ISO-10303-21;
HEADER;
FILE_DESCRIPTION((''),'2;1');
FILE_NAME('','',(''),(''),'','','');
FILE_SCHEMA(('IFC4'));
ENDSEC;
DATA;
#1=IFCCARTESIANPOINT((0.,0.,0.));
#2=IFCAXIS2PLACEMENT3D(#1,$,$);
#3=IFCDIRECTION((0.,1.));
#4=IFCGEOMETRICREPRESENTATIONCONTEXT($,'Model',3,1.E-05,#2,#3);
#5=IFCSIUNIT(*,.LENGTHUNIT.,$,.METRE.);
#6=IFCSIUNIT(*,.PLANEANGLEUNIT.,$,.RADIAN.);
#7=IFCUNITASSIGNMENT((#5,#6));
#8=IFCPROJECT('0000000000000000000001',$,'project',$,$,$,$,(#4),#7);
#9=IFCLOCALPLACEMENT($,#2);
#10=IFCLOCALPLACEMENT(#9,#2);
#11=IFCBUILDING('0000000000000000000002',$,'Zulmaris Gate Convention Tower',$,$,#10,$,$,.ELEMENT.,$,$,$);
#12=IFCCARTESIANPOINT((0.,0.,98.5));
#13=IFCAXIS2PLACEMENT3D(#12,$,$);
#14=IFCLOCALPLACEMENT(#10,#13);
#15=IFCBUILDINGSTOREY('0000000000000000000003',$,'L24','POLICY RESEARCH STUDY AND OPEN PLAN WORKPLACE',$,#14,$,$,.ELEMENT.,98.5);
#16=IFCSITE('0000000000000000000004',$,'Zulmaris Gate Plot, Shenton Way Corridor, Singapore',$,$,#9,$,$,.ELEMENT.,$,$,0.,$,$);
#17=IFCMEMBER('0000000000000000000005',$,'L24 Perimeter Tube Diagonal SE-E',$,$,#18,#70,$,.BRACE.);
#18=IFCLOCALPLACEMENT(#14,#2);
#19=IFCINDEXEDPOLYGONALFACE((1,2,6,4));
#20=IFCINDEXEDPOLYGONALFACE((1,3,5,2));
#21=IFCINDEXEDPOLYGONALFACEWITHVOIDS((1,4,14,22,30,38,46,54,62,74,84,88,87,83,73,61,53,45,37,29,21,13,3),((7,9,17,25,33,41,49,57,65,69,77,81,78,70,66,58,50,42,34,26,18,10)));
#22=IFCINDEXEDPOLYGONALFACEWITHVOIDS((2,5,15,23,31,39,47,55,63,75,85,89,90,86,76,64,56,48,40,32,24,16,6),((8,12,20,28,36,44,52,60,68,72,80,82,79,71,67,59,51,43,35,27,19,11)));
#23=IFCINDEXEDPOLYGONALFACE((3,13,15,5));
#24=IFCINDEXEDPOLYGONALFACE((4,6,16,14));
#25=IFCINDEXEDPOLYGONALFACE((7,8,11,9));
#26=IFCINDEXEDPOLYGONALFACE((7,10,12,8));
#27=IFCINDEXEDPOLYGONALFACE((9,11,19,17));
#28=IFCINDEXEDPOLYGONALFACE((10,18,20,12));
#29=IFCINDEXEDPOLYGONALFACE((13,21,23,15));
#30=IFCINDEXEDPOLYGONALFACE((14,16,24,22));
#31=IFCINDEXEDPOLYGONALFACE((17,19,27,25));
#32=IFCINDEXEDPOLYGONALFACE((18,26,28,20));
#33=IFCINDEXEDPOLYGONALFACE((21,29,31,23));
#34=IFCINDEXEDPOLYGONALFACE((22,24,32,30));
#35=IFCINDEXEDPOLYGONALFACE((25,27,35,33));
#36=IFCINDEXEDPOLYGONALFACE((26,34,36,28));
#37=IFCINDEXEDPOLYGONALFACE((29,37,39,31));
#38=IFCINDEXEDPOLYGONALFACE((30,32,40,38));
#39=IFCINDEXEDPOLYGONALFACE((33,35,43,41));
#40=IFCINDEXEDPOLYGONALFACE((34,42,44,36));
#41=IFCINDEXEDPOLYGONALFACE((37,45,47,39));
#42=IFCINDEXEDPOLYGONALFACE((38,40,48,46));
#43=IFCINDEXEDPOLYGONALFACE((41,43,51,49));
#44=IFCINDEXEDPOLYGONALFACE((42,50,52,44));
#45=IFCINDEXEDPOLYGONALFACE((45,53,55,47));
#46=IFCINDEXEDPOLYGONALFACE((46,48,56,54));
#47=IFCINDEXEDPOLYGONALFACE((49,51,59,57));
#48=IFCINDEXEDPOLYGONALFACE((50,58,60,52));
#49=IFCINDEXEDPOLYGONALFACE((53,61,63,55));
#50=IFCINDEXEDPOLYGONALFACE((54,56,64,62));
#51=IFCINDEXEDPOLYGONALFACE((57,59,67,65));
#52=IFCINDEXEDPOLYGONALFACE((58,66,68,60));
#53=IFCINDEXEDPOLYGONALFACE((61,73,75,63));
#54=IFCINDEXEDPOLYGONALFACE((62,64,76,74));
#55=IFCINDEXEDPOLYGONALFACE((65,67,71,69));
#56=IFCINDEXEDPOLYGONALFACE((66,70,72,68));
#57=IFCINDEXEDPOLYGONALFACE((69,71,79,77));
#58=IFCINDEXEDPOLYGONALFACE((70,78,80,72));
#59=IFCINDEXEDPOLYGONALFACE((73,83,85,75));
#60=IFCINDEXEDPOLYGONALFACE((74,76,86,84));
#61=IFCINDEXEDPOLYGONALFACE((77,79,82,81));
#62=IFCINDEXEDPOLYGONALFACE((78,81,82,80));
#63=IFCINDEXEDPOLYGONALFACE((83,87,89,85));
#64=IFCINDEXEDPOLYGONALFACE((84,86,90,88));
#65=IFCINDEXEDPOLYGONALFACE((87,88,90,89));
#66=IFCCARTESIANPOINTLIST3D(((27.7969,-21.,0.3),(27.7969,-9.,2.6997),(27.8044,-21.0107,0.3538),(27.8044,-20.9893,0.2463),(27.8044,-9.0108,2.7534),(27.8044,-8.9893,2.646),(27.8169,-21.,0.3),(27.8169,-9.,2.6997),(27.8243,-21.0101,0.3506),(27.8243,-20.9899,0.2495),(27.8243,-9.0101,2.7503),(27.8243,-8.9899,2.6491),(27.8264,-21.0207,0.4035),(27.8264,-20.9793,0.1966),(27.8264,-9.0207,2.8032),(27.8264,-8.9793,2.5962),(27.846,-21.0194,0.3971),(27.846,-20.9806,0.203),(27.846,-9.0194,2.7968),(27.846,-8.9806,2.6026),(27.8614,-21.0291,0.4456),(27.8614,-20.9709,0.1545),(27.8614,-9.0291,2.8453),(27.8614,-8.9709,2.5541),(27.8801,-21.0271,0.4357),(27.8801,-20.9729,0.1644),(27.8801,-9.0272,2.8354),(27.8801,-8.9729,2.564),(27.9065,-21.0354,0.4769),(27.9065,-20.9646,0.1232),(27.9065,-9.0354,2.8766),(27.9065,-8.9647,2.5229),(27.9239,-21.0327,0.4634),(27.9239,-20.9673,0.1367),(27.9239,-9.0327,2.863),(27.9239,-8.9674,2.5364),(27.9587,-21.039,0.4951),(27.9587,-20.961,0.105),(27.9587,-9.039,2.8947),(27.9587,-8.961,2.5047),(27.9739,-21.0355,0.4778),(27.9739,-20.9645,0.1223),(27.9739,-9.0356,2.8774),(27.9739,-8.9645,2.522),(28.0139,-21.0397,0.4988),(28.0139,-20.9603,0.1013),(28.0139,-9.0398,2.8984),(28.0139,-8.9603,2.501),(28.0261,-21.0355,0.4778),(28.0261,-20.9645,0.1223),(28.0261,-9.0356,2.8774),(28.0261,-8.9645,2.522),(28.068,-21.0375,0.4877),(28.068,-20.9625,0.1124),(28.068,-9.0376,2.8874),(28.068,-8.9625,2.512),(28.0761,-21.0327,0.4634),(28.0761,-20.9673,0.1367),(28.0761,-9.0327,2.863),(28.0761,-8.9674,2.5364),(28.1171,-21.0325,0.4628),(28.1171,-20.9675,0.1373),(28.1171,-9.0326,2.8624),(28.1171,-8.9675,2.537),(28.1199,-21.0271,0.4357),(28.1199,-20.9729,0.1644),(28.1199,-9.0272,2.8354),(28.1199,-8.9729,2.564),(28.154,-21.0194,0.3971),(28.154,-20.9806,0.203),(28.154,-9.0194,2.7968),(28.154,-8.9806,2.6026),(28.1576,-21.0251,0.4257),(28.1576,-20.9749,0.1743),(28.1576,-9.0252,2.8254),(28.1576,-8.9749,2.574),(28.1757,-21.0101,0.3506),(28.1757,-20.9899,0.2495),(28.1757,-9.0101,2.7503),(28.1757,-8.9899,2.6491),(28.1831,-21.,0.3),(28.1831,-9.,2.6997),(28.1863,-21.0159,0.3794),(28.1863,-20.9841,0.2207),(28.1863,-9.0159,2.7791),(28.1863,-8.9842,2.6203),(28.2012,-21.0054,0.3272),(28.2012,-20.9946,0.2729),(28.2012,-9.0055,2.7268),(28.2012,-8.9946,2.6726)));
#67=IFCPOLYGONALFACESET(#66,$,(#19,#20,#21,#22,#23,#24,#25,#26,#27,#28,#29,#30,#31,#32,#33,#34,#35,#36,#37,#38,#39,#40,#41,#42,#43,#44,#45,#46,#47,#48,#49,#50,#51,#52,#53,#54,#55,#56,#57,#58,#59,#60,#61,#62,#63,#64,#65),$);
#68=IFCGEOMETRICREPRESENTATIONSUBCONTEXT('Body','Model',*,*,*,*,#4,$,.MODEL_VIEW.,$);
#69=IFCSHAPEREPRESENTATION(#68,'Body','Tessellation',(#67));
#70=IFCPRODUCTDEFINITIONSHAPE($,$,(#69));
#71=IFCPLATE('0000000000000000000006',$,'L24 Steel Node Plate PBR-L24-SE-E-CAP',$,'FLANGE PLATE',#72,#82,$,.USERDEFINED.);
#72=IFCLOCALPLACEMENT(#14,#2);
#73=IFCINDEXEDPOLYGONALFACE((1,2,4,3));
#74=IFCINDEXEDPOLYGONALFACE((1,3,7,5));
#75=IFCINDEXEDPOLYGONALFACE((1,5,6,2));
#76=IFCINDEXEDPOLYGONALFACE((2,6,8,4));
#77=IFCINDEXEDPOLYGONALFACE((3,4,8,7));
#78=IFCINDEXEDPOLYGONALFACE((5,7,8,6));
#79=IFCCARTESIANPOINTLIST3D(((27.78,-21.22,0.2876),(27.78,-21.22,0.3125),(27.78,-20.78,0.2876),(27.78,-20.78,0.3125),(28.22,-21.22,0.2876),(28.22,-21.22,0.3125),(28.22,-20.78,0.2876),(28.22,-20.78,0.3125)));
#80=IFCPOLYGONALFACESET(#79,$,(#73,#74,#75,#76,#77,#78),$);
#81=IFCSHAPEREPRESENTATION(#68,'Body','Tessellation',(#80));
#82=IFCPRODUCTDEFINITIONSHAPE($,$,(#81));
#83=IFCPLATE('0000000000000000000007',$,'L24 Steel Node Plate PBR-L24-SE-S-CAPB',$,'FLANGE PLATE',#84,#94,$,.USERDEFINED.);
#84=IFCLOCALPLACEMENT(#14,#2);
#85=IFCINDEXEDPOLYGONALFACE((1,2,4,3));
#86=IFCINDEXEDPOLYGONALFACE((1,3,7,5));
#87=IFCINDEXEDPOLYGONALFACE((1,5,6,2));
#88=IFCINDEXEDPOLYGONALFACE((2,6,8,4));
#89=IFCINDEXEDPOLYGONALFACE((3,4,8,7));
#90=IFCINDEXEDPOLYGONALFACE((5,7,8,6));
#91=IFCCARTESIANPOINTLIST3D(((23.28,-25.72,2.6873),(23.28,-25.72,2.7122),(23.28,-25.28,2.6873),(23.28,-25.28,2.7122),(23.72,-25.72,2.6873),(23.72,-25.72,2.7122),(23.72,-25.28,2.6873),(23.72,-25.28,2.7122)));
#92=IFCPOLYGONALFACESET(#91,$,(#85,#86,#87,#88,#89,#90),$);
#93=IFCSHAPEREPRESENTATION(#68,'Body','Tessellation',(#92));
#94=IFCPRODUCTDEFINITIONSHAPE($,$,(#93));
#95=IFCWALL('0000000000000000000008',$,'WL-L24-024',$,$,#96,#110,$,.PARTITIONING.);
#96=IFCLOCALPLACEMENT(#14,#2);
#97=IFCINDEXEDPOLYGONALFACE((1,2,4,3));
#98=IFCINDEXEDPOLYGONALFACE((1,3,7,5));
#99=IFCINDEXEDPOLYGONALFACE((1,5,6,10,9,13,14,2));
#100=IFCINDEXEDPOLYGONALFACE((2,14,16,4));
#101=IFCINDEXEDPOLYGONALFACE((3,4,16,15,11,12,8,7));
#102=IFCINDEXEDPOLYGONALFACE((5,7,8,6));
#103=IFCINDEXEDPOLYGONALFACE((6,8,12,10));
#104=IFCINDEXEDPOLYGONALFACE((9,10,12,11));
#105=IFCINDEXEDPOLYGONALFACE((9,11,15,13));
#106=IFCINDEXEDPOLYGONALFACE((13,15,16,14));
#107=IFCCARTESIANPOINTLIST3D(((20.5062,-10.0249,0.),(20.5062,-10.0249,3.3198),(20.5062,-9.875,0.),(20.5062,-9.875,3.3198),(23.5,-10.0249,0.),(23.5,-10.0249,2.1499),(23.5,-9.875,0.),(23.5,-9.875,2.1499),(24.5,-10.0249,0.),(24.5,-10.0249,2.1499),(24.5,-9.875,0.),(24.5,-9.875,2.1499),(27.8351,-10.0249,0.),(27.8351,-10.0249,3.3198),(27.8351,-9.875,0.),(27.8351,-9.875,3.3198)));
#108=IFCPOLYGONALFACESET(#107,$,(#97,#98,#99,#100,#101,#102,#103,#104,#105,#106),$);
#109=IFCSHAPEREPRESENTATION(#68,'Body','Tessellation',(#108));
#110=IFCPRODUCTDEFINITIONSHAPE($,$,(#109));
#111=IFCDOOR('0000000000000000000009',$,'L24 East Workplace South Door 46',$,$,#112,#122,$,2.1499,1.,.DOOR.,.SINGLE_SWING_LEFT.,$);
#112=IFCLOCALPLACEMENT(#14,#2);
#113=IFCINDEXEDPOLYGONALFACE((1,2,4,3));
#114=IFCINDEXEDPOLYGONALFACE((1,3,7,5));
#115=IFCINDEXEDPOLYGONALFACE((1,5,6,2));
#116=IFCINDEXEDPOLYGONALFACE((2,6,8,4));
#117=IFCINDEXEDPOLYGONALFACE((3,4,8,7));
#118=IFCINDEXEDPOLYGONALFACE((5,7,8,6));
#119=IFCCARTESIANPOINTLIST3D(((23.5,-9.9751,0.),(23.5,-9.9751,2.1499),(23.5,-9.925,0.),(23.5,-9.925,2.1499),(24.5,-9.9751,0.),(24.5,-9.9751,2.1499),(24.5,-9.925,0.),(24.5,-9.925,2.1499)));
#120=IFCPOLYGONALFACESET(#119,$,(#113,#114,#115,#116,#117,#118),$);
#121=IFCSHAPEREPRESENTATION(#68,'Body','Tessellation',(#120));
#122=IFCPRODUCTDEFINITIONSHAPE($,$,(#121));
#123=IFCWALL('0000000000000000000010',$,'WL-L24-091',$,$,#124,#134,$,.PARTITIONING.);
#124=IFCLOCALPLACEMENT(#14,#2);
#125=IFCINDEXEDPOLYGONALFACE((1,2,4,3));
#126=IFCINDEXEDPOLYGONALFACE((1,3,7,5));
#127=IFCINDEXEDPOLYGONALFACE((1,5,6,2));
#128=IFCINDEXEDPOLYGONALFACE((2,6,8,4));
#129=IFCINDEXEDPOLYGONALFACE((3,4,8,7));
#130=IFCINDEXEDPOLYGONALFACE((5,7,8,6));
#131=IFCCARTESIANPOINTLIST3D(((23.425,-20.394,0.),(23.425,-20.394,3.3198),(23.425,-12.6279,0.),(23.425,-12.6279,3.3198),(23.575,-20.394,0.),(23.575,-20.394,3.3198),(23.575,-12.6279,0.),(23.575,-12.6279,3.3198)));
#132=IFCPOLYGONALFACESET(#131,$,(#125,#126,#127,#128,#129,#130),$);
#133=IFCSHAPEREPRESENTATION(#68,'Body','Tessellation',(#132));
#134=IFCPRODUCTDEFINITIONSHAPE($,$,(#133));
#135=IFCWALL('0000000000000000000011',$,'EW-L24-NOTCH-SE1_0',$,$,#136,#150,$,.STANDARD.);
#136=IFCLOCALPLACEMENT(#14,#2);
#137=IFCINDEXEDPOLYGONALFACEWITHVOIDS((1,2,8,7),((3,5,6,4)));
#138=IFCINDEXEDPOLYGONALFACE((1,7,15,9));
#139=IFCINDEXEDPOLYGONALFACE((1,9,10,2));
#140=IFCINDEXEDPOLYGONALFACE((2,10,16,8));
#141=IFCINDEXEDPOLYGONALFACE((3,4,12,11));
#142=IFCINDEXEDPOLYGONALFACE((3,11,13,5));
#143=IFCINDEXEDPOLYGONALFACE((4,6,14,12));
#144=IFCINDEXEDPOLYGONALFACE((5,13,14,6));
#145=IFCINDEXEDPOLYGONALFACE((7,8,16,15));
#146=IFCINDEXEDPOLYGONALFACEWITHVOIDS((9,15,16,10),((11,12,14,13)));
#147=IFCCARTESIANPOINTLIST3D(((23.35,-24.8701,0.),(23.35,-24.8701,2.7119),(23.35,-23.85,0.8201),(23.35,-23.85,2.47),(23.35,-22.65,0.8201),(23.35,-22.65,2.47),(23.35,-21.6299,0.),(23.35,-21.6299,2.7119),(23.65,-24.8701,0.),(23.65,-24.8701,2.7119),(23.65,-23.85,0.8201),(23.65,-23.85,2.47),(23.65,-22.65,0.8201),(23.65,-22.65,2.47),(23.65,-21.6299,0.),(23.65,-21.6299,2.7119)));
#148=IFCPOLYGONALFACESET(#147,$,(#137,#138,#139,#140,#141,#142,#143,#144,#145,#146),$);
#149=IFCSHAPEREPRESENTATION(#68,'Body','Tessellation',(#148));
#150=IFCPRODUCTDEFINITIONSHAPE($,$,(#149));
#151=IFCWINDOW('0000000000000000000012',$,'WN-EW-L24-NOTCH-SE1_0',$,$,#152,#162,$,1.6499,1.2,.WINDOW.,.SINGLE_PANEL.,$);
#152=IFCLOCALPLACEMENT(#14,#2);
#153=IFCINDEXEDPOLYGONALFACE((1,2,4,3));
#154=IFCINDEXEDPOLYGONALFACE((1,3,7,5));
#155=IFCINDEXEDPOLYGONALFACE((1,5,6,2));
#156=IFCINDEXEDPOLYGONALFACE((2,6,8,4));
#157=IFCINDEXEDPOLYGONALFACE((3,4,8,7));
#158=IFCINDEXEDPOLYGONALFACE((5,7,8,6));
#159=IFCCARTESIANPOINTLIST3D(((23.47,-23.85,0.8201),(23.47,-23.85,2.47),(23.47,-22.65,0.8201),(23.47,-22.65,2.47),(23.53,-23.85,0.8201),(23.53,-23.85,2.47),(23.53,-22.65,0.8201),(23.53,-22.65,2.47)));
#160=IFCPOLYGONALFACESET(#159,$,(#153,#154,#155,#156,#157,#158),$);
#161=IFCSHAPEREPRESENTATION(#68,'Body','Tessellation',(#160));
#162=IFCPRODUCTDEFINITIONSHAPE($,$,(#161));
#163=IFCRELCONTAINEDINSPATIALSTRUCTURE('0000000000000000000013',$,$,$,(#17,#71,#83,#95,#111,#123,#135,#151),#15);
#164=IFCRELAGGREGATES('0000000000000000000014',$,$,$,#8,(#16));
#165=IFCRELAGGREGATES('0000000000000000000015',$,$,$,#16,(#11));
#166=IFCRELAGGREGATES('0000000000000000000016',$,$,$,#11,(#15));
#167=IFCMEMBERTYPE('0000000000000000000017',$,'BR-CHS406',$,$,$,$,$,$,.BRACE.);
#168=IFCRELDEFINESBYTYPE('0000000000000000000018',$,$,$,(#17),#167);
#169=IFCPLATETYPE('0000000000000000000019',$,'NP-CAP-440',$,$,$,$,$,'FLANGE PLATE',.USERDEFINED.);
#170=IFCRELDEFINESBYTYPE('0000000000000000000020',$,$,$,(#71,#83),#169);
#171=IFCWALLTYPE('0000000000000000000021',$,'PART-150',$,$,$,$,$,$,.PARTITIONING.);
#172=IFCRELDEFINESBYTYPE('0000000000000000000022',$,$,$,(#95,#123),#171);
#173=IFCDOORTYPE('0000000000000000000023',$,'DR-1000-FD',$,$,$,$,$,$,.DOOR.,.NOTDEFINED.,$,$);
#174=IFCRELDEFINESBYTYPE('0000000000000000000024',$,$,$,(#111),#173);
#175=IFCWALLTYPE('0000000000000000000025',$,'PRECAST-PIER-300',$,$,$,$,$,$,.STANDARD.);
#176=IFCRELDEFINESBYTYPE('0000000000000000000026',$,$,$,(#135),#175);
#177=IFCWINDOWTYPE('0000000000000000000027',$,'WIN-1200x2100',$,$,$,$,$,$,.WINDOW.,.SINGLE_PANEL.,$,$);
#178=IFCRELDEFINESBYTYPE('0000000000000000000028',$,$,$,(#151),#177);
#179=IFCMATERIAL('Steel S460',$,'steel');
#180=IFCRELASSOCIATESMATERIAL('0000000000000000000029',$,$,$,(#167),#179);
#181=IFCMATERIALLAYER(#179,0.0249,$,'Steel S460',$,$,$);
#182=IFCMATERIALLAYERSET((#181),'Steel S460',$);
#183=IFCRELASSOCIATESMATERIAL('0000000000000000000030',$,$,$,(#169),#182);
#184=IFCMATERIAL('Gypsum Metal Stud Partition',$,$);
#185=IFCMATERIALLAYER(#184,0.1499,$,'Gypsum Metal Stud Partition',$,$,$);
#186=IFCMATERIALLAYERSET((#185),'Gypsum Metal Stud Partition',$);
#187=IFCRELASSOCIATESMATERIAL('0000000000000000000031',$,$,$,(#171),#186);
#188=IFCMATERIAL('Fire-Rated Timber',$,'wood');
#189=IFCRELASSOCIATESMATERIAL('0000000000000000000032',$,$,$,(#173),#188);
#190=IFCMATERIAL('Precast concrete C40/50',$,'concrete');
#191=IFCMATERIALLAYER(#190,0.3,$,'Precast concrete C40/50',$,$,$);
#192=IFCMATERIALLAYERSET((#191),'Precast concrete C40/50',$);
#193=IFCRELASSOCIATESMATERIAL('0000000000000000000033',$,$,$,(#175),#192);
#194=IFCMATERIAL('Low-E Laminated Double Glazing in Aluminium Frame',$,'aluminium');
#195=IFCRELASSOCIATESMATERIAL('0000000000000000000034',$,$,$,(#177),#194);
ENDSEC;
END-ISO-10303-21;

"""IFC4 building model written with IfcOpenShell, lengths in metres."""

from ifc_helpers import new_model, si_unit, direction, frame, frame_2d, origin, origin_2d, place, context, subcontext, project, spatial, rectangle, hollow_circle, extrude, material, layer, layer_set, material_profile, profile_set, type_object, element, fill, save


model = new_model("IFC4")

# Units and contexts
model_context = context("Model", 3, precision=1e-05, world=origin(), true_north=direction((0.0, 1.0)))
body_context = subcontext(model_context, "Body", "Model", "MODEL_VIEW")
ifc_project = project(units=[si_unit("LENGTHUNIT", "METRE"), si_unit("PLANEANGLEUNIT", "RADIAN")], contexts=[model_context])

# Site, building, storey
site_placement = place(None, origin())
site = spatial("IfcSite", under=ifc_project, at=site_placement, Name="Zulmaris Gate Plot, Shenton Way Corridor, Singapore", CompositionType="ELEMENT", RefElevation=0.0)
building_placement = place(site_placement, origin())
building = spatial("IfcBuilding", under=site, at=building_placement, Name="Zulmaris Gate Convention Tower", CompositionType="ELEMENT")
storey_placement = place(building_placement, frame((0.0, 0.0, 98.5)))
storey = spatial("IfcBuildingStorey", under=building, at=storey_placement, Name="L24", Description="POLICY RESEARCH STUDY AND OPEN PLAN WORKPLACE", CompositionType="ELEMENT", Elevation=98.5)

# Member
ifc_material_1 = material(Name="Steel S460", Category="steel")
ifc_material_profile_1 = material_profile(ifc_material_1, hollow_circle(Radius=0.2031, WallThickness=0.02, at=origin_2d()), Name="CHS 406.4x20")
ifc_profile_set_1 = profile_set([ifc_material_profile_1], Name="Steel S460")
member_type = type_object("IfcMemberType", Name="BR-CHS406", PredefinedType="BRACE", material=ifc_profile_set_1)
member_placement = place(storey_placement, frame((28.0, -21.0, 0.3), z_axis=(0.0, 0.980586, 0.196089), x_axis=(-1.0, 0.0, 0.0)))
element("IfcMember", 1, at=member_placement, inside=storey, type_object=member_type, Name="L24 Perimeter Tube Diagonal SE-E", PredefinedType="BRACE", context=body_context, shape_type="SweptSolid", body=[
    extrude(hollow_circle(Radius=0.2031, WallThickness=0.02, at=origin_2d()), origin(), (0.0, 0.0, 1.0), 12.2375),
])

# Plates
ifc_layer_1 = layer(ifc_material_1, 0.0249, Name="Steel S460")
ifc_layer_set_1 = layer_set([ifc_layer_1], Name="Steel S460")
plate_type = type_object("IfcPlateType", Name="NP-CAP-440", ElementType="FLANGE PLATE", PredefinedType="USERDEFINED", material=ifc_layer_set_1)
for number, where, z_axis, x_axis, name in (
    (2, (28.0, -21.0, 0.2876), (0.0, 0.0, 1.0), (1.0, 0.0, 0.0), "L24 Steel Node Plate PBR-L24-SE-E-CAP"),
    (3, (23.5, -25.5, 2.6873), (0.0, 0.0, 1.0), (1.0, 0.0, 0.0), "L24 Steel Node Plate PBR-L24-SE-S-CAPB"),
):
    element("IfcPlate", number, at=place(storey_placement, frame(where, z_axis=z_axis, x_axis=x_axis)), inside=storey, type_object=plate_type, Name=name, ObjectType="FLANGE PLATE", PredefinedType="USERDEFINED", context=body_context, shape_type="SweptSolid", body=[
        extrude(rectangle(XDim=0.4399, YDim=0.4399, at=origin_2d()), origin(), (0.0, 0.0, 1.0), 0.0249),
    ])

# Wall, opening, door
ifc_material_2 = material(Name="Gypsum Metal Stud Partition")
ifc_layer_2 = layer(ifc_material_2, 0.1499, Name="Gypsum Metal Stud Partition")
ifc_layer_set_2 = layer_set([ifc_layer_2], Name="Gypsum Metal Stud Partition")
wall_type_1 = type_object("IfcWallType", Name="PART-150", PredefinedType="PARTITIONING", material=ifc_layer_set_2)
wall_1_placement = place(storey_placement, frame((20.5061, -9.95, 0.0), z_axis=(0.0, 0.0, 1.0), x_axis=(1.0, 0.0, 0.0)))
wall_1 = element("IfcWall", 4, at=wall_1_placement, inside=storey, type_object=wall_type_1, Name="WL-L24-024", PredefinedType="PARTITIONING", context=body_context, shape_type="SweptSolid", body=[
    extrude(rectangle(XDim=7.3289, YDim=0.1499, at=frame_2d((3.6646, 0.0))), origin(), (0.0, 0.0, 1.0), 3.3198),
])
opening_1_placement = place(wall_1_placement, frame((2.9939, 0.0, 0.0)))
opening_1 = element("IfcOpeningElement", 5, at=opening_1_placement, cuts=wall_1, PredefinedType="OPENING", context=body_context, shape_type="SweptSolid", body=[
    extrude(rectangle(XDim=1.0, YDim=2.1499, at=frame_2d((0.5, 1.075))), frame((0.0, 0.085, 0.0), z_axis=(0.0, -1.0, 0.0), x_axis=(1.0, 0.0, 0.0)), (0.0, 0.0, 1.0), 0.1699),
])
ifc_material_3 = material(Name="Fire-Rated Timber", Category="wood")
door_type_1 = type_object("IfcDoorType", Name="DR-1000-FD", OperationType="NOTDEFINED", PredefinedType="DOOR", material=ifc_material_3)
door_1_placement = place(opening_1_placement, origin())
door_1 = element("IfcDoor", 6, at=door_1_placement, inside=storey, type_object=door_type_1, Name="L24 East Workplace South Door 46", OperationType="SINGLE_SWING_LEFT", OverallHeight=2.1499, OverallWidth=1.0, PredefinedType="DOOR", context=body_context, shape_type="SweptSolid", body=[
    extrude(rectangle(XDim=1.0, YDim=2.1499, at=frame_2d((0.5, 1.075))), frame((0.0, 0.0249, 0.0), z_axis=(0.0, -1.0, 0.0), x_axis=(1.0, 0.0, 0.0)), (0.0, 0.0, 1.0), 0.05),
])
fill(opening_1, door_1)

# Wall
wall_2_placement = place(storey_placement, frame((23.5, -20.394, 0.0), z_axis=(0.0, 0.0, 1.0), x_axis=(0.0, 1.0, 0.0)))
element("IfcWall", 7, at=wall_2_placement, inside=storey, type_object=wall_type_1, Name="WL-L24-091", PredefinedType="PARTITIONING", context=body_context, shape_type="SweptSolid", body=[
    extrude(rectangle(XDim=7.7661, YDim=0.1499, at=frame_2d((3.8831, 0.0))), origin(), (0.0, 0.0, 1.0), 3.3198),
])

# Wall, opening, window
ifc_material_4 = material(Name="Precast concrete C40/50", Category="concrete")
ifc_layer_3 = layer(ifc_material_4, 0.3, Name="Precast concrete C40/50")
ifc_layer_set_3 = layer_set([ifc_layer_3], Name="Precast concrete C40/50")
wall_type_2 = type_object("IfcWallType", Name="PRECAST-PIER-300", PredefinedType="STANDARD", material=ifc_layer_set_3)
wall_3_placement = place(storey_placement, frame((23.5, -24.8701, 0.0), z_axis=(0.0, 0.0, 1.0), x_axis=(0.0, 1.0, 0.0)))
wall_3 = element("IfcWall", 8, at=wall_3_placement, inside=storey, type_object=wall_type_2, Name="EW-L24-NOTCH-SE1_0", PredefinedType="STANDARD", context=body_context, shape_type="SweptSolid", body=[
    extrude(rectangle(XDim=3.2402, YDim=0.3, at=frame_2d((1.6201, 0.0))), origin(), (0.0, 0.0, 1.0), 2.7119),
])
opening_2_placement = place(wall_3_placement, frame((1.02, 0.0, 0.8201)))
opening_2 = element("IfcOpeningElement", 9, at=opening_2_placement, cuts=wall_3, PredefinedType="OPENING", context=body_context, shape_type="SweptSolid", body=[
    extrude(rectangle(XDim=1.2, YDim=1.6499, at=frame_2d((0.6001, 0.825))), frame((0.0, 0.1602, 0.0), z_axis=(0.0, -1.0, 0.0), x_axis=(1.0, 0.0, 0.0)), (0.0, 0.0, 1.0), 0.3201),
])
ifc_material_5 = material(Name="Low-E Laminated Double Glazing in Aluminium Frame", Category="aluminium")
window_type = type_object("IfcWindowType", Name="WIN-1200x2100", PartitioningType="SINGLE_PANEL", PredefinedType="WINDOW", material=ifc_material_5)
window_1_placement = place(opening_2_placement, origin())
window_1 = element("IfcWindow", 10, at=window_1_placement, inside=storey, type_object=window_type, Name="WN-EW-L24-NOTCH-SE1_0", OverallHeight=1.6499, OverallWidth=1.2, PartitioningType="SINGLE_PANEL", PredefinedType="WINDOW", context=body_context, shape_type="SweptSolid", body=[
    extrude(rectangle(XDim=1.2, YDim=1.6499, at=frame_2d((0.6001, 0.825))), frame((0.0, 0.03, 0.0), z_axis=(0.0, -1.0, 0.0), x_axis=(1.0, 0.0, 0.0)), (0.0, 0.0, 1.0), 0.0601),
])
fill(opening_2, window_1)

save(model, "model.ifc")
